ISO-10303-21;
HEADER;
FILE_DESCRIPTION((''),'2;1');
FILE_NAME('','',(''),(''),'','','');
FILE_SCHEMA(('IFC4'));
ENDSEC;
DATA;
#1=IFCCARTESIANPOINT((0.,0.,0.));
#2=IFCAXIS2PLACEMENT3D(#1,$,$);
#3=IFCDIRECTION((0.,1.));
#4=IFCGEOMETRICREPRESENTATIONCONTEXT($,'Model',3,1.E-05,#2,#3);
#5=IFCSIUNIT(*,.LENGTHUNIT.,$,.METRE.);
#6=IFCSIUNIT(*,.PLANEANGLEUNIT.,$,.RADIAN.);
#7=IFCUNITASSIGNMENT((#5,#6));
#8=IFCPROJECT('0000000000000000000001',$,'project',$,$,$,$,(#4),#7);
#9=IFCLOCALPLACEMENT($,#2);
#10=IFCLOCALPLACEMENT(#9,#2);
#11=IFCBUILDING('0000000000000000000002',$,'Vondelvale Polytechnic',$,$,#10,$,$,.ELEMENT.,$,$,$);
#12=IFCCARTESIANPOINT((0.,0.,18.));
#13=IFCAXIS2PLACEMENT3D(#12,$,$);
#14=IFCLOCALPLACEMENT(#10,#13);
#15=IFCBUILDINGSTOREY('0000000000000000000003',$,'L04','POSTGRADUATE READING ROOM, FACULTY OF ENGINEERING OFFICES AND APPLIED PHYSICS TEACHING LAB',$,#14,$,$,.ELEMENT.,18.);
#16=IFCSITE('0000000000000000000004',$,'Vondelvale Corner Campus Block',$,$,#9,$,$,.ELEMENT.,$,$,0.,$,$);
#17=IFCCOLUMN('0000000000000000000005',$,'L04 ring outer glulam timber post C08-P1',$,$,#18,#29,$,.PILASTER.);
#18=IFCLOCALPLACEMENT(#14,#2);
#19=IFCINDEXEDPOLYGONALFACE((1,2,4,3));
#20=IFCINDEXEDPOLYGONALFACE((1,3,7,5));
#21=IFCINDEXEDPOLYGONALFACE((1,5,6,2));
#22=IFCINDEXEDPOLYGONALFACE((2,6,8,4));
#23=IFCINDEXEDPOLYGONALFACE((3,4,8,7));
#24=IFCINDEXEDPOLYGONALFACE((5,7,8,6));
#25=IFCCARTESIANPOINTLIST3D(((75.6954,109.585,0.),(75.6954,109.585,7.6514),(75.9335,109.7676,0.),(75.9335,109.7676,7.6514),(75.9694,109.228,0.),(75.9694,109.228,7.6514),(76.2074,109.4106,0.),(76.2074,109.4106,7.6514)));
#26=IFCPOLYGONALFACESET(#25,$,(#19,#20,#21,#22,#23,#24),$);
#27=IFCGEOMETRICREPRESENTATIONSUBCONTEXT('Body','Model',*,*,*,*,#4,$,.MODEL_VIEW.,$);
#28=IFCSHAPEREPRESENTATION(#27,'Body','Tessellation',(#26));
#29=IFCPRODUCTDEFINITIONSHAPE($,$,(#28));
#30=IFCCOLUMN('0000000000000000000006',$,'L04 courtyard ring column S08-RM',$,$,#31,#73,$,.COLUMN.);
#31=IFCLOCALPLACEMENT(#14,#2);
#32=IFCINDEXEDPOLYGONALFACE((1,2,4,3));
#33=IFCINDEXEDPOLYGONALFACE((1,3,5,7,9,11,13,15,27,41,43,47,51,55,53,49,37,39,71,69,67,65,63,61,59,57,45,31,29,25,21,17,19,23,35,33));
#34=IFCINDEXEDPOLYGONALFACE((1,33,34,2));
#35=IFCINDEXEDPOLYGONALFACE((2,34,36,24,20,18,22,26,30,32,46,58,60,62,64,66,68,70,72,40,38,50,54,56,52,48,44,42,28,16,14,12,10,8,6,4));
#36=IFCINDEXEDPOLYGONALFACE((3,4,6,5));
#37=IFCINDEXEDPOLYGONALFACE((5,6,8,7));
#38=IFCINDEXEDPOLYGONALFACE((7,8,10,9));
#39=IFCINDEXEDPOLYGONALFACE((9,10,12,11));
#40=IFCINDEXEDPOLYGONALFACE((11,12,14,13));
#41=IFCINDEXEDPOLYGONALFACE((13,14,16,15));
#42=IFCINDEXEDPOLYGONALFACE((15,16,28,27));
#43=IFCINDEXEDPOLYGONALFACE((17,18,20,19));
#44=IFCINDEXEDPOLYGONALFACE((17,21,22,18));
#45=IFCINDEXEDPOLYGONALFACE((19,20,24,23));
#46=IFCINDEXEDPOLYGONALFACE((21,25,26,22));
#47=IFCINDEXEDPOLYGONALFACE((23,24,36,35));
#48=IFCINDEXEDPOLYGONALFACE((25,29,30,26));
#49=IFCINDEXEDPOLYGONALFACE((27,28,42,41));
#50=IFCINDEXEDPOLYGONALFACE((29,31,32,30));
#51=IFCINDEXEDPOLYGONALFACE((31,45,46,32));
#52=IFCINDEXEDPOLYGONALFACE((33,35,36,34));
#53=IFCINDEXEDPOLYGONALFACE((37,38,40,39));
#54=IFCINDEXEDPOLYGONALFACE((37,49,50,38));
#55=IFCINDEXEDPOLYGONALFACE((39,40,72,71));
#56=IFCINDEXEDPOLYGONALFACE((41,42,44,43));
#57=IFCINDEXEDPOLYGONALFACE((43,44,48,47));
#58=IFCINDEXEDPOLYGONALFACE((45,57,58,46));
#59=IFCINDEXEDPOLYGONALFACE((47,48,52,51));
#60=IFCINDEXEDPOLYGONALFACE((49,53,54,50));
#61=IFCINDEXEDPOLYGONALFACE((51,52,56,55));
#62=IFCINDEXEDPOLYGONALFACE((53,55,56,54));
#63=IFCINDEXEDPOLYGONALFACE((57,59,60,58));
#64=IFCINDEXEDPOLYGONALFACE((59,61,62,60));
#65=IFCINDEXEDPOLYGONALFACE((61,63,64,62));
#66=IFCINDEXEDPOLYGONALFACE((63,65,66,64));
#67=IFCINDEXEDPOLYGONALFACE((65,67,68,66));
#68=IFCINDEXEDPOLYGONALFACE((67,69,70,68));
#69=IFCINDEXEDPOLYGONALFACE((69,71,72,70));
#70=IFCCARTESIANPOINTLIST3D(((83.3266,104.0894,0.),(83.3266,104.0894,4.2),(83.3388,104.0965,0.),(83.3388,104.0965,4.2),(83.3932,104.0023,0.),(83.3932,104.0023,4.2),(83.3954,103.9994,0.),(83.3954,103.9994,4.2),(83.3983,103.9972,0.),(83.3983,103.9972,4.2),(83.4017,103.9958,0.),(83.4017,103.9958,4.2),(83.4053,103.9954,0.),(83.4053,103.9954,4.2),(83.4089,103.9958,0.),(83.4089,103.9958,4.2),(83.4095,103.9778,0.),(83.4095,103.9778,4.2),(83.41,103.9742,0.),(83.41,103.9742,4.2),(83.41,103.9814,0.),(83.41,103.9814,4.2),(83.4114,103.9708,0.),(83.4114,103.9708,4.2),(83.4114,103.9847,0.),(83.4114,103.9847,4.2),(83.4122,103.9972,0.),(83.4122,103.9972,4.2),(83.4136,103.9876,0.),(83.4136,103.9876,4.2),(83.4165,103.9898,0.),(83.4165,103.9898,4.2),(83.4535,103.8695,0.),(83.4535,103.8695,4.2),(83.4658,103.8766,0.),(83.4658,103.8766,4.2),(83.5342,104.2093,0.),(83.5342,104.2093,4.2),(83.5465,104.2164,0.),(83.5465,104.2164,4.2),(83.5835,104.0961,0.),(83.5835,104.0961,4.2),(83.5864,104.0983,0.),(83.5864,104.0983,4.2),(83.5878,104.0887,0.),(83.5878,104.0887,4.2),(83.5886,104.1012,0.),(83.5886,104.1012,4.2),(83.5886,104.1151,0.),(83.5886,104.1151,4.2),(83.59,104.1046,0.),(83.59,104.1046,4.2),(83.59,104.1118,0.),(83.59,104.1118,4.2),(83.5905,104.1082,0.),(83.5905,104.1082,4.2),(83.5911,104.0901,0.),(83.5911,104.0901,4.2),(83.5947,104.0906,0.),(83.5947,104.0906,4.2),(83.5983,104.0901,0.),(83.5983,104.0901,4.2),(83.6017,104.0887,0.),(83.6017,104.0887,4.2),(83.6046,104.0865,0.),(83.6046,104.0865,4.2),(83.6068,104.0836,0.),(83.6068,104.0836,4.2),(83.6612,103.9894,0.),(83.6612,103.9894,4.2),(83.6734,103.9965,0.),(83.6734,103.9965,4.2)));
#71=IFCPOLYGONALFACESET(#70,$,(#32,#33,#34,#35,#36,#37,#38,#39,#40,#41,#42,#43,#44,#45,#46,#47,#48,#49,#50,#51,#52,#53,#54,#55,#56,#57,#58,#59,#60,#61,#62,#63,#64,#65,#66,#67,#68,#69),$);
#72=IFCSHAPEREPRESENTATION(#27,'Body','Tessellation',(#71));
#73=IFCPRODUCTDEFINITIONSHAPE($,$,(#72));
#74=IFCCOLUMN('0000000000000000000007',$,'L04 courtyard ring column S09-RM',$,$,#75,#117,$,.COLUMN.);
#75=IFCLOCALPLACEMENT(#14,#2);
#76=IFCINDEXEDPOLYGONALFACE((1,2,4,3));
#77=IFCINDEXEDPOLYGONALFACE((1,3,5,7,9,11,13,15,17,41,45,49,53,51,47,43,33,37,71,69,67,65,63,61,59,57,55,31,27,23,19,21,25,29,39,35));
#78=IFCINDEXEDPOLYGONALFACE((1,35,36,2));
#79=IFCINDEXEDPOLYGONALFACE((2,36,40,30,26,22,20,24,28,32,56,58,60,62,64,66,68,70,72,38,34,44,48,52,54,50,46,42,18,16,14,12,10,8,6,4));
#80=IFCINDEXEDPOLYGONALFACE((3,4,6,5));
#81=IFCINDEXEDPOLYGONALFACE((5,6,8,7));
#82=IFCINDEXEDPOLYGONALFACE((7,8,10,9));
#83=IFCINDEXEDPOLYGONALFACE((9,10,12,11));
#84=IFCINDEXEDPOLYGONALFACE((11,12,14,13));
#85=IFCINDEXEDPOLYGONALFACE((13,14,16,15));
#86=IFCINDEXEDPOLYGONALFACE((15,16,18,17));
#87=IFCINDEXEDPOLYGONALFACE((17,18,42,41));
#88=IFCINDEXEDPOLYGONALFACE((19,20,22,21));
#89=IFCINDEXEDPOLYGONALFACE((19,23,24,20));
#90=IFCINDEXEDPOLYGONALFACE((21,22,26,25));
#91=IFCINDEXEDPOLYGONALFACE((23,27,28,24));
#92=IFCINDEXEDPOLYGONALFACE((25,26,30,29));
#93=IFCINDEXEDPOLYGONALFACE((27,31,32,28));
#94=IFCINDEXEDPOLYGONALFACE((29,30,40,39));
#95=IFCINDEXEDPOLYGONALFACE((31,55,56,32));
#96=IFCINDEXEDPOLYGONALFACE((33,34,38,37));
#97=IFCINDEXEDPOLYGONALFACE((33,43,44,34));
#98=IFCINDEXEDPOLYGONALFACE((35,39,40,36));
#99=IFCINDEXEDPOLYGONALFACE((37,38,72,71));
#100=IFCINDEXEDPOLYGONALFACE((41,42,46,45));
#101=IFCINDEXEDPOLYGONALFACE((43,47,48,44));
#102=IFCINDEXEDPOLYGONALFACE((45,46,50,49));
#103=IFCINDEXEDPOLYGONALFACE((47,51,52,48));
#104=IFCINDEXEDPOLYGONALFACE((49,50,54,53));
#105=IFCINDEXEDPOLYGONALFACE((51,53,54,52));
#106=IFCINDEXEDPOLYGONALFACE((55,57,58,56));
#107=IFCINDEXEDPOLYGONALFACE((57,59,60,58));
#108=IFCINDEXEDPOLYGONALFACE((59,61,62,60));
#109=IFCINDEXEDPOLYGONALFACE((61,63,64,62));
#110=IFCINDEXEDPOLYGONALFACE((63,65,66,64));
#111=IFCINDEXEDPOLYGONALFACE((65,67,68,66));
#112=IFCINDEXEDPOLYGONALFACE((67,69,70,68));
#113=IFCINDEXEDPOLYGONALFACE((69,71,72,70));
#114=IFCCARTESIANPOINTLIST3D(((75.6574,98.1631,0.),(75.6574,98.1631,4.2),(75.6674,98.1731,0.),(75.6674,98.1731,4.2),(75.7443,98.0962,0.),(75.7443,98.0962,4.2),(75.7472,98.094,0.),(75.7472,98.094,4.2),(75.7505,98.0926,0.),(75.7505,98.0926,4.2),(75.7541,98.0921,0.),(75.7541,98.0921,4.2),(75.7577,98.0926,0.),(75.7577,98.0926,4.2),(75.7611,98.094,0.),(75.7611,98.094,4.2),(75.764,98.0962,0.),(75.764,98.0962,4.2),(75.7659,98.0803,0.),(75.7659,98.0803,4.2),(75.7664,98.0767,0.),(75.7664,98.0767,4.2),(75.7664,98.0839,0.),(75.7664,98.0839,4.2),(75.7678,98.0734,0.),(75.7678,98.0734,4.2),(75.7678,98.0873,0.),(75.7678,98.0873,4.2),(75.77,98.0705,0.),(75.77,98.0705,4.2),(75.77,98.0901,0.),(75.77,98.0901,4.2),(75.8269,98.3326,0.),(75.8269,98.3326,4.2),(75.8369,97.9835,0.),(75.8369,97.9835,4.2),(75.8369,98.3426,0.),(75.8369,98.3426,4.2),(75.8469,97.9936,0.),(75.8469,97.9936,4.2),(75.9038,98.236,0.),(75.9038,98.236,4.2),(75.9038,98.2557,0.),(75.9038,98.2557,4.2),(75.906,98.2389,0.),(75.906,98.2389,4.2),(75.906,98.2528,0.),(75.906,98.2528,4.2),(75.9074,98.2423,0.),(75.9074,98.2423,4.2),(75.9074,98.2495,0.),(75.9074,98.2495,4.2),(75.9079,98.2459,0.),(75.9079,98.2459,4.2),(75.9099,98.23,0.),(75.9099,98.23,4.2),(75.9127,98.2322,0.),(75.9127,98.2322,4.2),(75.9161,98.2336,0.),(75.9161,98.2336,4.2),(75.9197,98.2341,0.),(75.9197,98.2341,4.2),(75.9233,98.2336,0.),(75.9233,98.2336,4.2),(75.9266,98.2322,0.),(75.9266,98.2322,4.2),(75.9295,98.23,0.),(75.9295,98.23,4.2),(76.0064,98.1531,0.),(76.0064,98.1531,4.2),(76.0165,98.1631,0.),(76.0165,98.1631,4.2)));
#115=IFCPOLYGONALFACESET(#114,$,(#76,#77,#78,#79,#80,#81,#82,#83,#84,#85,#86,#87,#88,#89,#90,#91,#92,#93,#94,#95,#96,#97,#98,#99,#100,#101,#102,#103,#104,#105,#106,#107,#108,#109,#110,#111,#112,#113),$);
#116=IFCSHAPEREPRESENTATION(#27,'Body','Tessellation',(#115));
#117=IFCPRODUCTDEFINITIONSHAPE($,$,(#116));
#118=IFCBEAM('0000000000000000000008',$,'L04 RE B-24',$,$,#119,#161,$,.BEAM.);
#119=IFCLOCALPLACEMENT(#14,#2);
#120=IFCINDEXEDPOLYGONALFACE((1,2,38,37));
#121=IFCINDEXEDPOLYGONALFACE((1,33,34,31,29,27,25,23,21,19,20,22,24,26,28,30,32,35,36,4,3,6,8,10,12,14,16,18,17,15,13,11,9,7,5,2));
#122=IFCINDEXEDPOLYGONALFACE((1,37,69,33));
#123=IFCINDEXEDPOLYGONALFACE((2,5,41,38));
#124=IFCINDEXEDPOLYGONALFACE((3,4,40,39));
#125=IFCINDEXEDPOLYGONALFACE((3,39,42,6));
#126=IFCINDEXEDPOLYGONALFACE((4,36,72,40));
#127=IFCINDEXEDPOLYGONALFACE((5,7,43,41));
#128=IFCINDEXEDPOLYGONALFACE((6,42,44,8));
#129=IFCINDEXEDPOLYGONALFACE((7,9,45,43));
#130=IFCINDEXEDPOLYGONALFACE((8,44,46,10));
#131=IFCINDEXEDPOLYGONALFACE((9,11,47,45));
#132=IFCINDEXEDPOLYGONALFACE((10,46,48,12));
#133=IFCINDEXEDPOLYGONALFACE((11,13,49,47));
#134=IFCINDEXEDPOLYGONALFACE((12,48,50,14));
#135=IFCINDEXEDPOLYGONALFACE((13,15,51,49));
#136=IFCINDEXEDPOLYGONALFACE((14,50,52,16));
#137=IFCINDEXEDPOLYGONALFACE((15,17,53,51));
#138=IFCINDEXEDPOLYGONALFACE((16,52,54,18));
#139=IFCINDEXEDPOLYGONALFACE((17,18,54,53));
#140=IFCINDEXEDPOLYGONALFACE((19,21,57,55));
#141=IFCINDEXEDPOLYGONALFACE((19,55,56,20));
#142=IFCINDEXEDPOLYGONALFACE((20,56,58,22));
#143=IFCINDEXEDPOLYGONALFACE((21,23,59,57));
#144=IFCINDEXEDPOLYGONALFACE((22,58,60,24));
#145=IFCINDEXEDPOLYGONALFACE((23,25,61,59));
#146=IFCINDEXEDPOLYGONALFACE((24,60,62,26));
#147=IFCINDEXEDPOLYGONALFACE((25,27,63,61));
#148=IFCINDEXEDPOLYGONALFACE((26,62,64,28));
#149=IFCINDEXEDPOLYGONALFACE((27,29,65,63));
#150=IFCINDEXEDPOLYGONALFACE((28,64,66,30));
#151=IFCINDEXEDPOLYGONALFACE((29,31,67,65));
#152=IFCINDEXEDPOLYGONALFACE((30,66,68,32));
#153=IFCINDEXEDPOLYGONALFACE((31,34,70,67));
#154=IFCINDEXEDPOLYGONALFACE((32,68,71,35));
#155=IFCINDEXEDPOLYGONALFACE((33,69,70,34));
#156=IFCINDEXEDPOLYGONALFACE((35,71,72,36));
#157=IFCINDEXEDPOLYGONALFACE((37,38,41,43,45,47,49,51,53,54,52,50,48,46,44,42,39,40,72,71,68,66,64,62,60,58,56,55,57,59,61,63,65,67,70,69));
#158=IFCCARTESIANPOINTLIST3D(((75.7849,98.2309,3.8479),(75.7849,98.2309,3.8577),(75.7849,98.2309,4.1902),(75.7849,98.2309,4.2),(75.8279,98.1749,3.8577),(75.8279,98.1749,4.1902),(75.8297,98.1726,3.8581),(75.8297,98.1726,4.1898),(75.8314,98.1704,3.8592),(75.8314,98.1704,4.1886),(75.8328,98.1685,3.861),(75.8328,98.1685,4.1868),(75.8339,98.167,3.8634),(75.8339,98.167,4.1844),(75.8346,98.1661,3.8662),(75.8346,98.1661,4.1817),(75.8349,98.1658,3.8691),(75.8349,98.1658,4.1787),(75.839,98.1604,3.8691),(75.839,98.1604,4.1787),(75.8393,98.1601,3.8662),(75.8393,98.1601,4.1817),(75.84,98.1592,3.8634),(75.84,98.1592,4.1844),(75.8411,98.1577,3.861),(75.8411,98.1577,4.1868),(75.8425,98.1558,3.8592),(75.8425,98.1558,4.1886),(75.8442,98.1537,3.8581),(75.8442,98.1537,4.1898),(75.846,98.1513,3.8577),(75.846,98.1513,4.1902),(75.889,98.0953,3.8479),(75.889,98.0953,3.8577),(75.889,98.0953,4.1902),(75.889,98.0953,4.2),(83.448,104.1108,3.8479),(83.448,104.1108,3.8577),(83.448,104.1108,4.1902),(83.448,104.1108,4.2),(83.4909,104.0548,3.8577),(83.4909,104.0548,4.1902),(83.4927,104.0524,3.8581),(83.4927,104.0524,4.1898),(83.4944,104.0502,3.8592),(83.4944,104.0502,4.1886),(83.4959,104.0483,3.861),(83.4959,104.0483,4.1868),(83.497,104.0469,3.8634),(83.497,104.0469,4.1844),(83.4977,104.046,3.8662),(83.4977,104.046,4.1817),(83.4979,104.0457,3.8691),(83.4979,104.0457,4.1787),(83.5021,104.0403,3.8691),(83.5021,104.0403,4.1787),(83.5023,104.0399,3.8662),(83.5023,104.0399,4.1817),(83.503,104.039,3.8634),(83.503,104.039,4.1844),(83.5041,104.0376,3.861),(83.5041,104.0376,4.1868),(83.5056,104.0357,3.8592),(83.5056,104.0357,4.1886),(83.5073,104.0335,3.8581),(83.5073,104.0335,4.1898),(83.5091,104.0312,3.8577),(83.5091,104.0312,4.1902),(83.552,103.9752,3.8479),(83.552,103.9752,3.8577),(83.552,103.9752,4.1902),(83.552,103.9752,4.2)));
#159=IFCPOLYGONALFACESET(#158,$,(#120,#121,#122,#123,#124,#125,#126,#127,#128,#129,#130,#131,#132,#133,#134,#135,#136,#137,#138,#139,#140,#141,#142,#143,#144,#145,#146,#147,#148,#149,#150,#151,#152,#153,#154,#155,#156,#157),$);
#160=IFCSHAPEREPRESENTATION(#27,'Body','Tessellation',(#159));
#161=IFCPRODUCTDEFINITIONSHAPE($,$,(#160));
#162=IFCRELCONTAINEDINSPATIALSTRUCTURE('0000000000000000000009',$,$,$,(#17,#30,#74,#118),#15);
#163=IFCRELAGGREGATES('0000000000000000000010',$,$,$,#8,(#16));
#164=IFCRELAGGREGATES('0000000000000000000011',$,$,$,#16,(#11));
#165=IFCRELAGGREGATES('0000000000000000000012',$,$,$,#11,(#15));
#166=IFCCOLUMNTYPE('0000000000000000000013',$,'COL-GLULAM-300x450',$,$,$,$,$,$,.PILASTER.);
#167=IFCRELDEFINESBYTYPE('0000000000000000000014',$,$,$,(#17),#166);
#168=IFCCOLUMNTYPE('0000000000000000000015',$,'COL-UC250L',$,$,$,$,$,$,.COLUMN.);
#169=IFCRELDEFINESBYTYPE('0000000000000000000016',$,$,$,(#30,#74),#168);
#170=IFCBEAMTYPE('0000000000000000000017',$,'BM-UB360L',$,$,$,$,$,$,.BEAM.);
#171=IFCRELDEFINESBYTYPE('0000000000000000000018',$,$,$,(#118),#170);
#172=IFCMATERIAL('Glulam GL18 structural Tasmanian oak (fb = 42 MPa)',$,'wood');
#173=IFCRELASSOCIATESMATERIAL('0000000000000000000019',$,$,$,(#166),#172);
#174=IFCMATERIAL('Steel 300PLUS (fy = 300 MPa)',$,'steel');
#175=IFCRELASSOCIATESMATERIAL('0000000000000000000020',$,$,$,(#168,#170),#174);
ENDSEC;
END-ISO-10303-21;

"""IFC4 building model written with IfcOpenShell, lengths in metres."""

from ifc_helpers import new_model, si_unit, direction, frame, origin, origin_2d, place, context, subcontext, project, spatial, rectangle, i_section, extrude, material, material_profile, profile_set, type_object, element, save


model = new_model("IFC4")

# Units and contexts
model_context = context("Model", 3, precision=1e-05, world=origin(), true_north=direction((0.0, 1.0)))
body_context = subcontext(model_context, "Body", "Model", "MODEL_VIEW")
ifc_project = project(units=[si_unit("LENGTHUNIT", "METRE"), si_unit("PLANEANGLEUNIT", "RADIAN")], contexts=[model_context])

# Site, building, storey
site_placement = place(None, origin())
site = spatial("IfcSite", under=ifc_project, at=site_placement, Name="Vondelvale Corner Campus Block", CompositionType="ELEMENT", RefElevation=0.0)
building_placement = place(site_placement, origin())
building = spatial("IfcBuilding", under=site, at=building_placement, Name="Vondelvale Polytechnic", CompositionType="ELEMENT")
storey_placement = place(building_placement, frame((0.0, 0.0, 18.0)))
storey = spatial("IfcBuildingStorey", under=building, at=storey_placement, Name="L04", Description="POSTGRADUATE READING ROOM, FACULTY OF ENGINEERING OFFICES AND APPLIED PHYSICS TEACHING LAB", CompositionType="ELEMENT", Elevation=18.0)

# Columns
ifc_material_1 = material(Name="Glulam GL18 structural Tasmanian oak (fb = 42 MPa)", Category="wood")
ifc_material_profile_1 = material_profile(ifc_material_1, rectangle(XDim=0.3, YDim=0.45, at=origin_2d()), Name="GL-POST-300x450")
ifc_profile_set_1 = profile_set([ifc_material_profile_1], Name="Glulam GL18 structural Tasmanian oak (fb = 42 MPa)")
column_type_1 = type_object("IfcColumnType", Name="COL-GLULAM-300x450", PredefinedType="PILASTER", material=ifc_profile_set_1)
column_placement = place(storey_placement, frame((75.9514, 109.4978, 0.0), z_axis=(0.0, 0.0, 1.0), x_axis=(0.793353, 0.608761, 0.0)))
element("IfcColumn", 1, at=column_placement, inside=storey, type_object=column_type_1, Name="L04 ring outer glulam timber post C08-P1", PredefinedType="PILASTER", context=body_context, shape_type="SweptSolid", body=[
    extrude(rectangle(XDim=0.3, YDim=0.45, at=origin_2d()), origin(), (0.0, 0.0, 1.0), 7.6514),
])
ifc_material_2 = material(Name="Steel 300PLUS (fy = 300 MPa)", Category="steel")
ifc_material_profile_2 = material_profile(ifc_material_2, i_section(OverallWidth=0.2539, OverallDepth=0.2539, WebThickness=0.0085, FlangeThickness=0.0142, FilletRadius=0.0139, at=origin_2d()), Name="250UC72.9")
ifc_profile_set_2 = profile_set([ifc_material_profile_2], Name="Steel 300PLUS (fy = 300 MPa)")
column_type_2 = type_object("IfcColumnType", Name="COL-UC250L", PredefinedType="COLUMN", material=ifc_profile_set_2)
for number, where, z_axis, x_axis, name in (
    (2, (83.5, 104.043, 0.0), (0.0, 0.0, 1.0), (-0.5, 0.866025, 0.0), "L04 courtyard ring column S08-RM"),
    (3, (75.8369, 98.1631, 0.0), (0.0, 0.0, 1.0), (-0.707107, 0.707107, 0.0), "L04 courtyard ring column S09-RM"),
):
    element("IfcColumn", number, at=place(storey_placement, frame(where, z_axis=z_axis, x_axis=x_axis)), inside=storey, type_object=column_type_2, Name=name, PredefinedType="COLUMN", context=body_context, shape_type="SweptSolid", body=[
        extrude(i_section(OverallWidth=0.2539, OverallDepth=0.2539, WebThickness=0.0085, FlangeThickness=0.0142, FilletRadius=0.0139, at=origin_2d()), origin(), (0.0, 0.0, 1.0), 4.2),
    ])

# Beam
ifc_material_profile_3 = material_profile(ifc_material_2, i_section(OverallWidth=0.1709, OverallDepth=0.3521, WebThickness=0.0068, FlangeThickness=0.0098, FilletRadius=0.0115, at=origin_2d()), Name="360UB44.7")
ifc_profile_set_3 = profile_set([ifc_material_profile_3], Name="Steel 300PLUS (fy = 300 MPa)")
beam_type_1 = type_object("IfcBeamType", Name="BM-UB360L", PredefinedType="BEAM", material=ifc_profile_set_3)
beam_1_placement = place(storey_placement, frame((83.5, 104.043, 4.0239), z_axis=(-0.793364, -0.608748, 0.0), x_axis=(0.608748, -0.793364, 0.0)))
element("IfcBeam", 4, at=beam_1_placement, inside=storey, type_object=beam_type_1, Name="L04 RE B-24", PredefinedType="BEAM", context=body_context, shape_type="SweptSolid", body=[
    extrude(i_section(OverallWidth=0.1709, OverallDepth=0.3521, WebThickness=0.0068, FlangeThickness=0.0098, FilletRadius=0.0115, at=origin_2d()), origin(), (0.0, 0.0, 1.0), 9.6589),
])

save(model, "model.ifc")
